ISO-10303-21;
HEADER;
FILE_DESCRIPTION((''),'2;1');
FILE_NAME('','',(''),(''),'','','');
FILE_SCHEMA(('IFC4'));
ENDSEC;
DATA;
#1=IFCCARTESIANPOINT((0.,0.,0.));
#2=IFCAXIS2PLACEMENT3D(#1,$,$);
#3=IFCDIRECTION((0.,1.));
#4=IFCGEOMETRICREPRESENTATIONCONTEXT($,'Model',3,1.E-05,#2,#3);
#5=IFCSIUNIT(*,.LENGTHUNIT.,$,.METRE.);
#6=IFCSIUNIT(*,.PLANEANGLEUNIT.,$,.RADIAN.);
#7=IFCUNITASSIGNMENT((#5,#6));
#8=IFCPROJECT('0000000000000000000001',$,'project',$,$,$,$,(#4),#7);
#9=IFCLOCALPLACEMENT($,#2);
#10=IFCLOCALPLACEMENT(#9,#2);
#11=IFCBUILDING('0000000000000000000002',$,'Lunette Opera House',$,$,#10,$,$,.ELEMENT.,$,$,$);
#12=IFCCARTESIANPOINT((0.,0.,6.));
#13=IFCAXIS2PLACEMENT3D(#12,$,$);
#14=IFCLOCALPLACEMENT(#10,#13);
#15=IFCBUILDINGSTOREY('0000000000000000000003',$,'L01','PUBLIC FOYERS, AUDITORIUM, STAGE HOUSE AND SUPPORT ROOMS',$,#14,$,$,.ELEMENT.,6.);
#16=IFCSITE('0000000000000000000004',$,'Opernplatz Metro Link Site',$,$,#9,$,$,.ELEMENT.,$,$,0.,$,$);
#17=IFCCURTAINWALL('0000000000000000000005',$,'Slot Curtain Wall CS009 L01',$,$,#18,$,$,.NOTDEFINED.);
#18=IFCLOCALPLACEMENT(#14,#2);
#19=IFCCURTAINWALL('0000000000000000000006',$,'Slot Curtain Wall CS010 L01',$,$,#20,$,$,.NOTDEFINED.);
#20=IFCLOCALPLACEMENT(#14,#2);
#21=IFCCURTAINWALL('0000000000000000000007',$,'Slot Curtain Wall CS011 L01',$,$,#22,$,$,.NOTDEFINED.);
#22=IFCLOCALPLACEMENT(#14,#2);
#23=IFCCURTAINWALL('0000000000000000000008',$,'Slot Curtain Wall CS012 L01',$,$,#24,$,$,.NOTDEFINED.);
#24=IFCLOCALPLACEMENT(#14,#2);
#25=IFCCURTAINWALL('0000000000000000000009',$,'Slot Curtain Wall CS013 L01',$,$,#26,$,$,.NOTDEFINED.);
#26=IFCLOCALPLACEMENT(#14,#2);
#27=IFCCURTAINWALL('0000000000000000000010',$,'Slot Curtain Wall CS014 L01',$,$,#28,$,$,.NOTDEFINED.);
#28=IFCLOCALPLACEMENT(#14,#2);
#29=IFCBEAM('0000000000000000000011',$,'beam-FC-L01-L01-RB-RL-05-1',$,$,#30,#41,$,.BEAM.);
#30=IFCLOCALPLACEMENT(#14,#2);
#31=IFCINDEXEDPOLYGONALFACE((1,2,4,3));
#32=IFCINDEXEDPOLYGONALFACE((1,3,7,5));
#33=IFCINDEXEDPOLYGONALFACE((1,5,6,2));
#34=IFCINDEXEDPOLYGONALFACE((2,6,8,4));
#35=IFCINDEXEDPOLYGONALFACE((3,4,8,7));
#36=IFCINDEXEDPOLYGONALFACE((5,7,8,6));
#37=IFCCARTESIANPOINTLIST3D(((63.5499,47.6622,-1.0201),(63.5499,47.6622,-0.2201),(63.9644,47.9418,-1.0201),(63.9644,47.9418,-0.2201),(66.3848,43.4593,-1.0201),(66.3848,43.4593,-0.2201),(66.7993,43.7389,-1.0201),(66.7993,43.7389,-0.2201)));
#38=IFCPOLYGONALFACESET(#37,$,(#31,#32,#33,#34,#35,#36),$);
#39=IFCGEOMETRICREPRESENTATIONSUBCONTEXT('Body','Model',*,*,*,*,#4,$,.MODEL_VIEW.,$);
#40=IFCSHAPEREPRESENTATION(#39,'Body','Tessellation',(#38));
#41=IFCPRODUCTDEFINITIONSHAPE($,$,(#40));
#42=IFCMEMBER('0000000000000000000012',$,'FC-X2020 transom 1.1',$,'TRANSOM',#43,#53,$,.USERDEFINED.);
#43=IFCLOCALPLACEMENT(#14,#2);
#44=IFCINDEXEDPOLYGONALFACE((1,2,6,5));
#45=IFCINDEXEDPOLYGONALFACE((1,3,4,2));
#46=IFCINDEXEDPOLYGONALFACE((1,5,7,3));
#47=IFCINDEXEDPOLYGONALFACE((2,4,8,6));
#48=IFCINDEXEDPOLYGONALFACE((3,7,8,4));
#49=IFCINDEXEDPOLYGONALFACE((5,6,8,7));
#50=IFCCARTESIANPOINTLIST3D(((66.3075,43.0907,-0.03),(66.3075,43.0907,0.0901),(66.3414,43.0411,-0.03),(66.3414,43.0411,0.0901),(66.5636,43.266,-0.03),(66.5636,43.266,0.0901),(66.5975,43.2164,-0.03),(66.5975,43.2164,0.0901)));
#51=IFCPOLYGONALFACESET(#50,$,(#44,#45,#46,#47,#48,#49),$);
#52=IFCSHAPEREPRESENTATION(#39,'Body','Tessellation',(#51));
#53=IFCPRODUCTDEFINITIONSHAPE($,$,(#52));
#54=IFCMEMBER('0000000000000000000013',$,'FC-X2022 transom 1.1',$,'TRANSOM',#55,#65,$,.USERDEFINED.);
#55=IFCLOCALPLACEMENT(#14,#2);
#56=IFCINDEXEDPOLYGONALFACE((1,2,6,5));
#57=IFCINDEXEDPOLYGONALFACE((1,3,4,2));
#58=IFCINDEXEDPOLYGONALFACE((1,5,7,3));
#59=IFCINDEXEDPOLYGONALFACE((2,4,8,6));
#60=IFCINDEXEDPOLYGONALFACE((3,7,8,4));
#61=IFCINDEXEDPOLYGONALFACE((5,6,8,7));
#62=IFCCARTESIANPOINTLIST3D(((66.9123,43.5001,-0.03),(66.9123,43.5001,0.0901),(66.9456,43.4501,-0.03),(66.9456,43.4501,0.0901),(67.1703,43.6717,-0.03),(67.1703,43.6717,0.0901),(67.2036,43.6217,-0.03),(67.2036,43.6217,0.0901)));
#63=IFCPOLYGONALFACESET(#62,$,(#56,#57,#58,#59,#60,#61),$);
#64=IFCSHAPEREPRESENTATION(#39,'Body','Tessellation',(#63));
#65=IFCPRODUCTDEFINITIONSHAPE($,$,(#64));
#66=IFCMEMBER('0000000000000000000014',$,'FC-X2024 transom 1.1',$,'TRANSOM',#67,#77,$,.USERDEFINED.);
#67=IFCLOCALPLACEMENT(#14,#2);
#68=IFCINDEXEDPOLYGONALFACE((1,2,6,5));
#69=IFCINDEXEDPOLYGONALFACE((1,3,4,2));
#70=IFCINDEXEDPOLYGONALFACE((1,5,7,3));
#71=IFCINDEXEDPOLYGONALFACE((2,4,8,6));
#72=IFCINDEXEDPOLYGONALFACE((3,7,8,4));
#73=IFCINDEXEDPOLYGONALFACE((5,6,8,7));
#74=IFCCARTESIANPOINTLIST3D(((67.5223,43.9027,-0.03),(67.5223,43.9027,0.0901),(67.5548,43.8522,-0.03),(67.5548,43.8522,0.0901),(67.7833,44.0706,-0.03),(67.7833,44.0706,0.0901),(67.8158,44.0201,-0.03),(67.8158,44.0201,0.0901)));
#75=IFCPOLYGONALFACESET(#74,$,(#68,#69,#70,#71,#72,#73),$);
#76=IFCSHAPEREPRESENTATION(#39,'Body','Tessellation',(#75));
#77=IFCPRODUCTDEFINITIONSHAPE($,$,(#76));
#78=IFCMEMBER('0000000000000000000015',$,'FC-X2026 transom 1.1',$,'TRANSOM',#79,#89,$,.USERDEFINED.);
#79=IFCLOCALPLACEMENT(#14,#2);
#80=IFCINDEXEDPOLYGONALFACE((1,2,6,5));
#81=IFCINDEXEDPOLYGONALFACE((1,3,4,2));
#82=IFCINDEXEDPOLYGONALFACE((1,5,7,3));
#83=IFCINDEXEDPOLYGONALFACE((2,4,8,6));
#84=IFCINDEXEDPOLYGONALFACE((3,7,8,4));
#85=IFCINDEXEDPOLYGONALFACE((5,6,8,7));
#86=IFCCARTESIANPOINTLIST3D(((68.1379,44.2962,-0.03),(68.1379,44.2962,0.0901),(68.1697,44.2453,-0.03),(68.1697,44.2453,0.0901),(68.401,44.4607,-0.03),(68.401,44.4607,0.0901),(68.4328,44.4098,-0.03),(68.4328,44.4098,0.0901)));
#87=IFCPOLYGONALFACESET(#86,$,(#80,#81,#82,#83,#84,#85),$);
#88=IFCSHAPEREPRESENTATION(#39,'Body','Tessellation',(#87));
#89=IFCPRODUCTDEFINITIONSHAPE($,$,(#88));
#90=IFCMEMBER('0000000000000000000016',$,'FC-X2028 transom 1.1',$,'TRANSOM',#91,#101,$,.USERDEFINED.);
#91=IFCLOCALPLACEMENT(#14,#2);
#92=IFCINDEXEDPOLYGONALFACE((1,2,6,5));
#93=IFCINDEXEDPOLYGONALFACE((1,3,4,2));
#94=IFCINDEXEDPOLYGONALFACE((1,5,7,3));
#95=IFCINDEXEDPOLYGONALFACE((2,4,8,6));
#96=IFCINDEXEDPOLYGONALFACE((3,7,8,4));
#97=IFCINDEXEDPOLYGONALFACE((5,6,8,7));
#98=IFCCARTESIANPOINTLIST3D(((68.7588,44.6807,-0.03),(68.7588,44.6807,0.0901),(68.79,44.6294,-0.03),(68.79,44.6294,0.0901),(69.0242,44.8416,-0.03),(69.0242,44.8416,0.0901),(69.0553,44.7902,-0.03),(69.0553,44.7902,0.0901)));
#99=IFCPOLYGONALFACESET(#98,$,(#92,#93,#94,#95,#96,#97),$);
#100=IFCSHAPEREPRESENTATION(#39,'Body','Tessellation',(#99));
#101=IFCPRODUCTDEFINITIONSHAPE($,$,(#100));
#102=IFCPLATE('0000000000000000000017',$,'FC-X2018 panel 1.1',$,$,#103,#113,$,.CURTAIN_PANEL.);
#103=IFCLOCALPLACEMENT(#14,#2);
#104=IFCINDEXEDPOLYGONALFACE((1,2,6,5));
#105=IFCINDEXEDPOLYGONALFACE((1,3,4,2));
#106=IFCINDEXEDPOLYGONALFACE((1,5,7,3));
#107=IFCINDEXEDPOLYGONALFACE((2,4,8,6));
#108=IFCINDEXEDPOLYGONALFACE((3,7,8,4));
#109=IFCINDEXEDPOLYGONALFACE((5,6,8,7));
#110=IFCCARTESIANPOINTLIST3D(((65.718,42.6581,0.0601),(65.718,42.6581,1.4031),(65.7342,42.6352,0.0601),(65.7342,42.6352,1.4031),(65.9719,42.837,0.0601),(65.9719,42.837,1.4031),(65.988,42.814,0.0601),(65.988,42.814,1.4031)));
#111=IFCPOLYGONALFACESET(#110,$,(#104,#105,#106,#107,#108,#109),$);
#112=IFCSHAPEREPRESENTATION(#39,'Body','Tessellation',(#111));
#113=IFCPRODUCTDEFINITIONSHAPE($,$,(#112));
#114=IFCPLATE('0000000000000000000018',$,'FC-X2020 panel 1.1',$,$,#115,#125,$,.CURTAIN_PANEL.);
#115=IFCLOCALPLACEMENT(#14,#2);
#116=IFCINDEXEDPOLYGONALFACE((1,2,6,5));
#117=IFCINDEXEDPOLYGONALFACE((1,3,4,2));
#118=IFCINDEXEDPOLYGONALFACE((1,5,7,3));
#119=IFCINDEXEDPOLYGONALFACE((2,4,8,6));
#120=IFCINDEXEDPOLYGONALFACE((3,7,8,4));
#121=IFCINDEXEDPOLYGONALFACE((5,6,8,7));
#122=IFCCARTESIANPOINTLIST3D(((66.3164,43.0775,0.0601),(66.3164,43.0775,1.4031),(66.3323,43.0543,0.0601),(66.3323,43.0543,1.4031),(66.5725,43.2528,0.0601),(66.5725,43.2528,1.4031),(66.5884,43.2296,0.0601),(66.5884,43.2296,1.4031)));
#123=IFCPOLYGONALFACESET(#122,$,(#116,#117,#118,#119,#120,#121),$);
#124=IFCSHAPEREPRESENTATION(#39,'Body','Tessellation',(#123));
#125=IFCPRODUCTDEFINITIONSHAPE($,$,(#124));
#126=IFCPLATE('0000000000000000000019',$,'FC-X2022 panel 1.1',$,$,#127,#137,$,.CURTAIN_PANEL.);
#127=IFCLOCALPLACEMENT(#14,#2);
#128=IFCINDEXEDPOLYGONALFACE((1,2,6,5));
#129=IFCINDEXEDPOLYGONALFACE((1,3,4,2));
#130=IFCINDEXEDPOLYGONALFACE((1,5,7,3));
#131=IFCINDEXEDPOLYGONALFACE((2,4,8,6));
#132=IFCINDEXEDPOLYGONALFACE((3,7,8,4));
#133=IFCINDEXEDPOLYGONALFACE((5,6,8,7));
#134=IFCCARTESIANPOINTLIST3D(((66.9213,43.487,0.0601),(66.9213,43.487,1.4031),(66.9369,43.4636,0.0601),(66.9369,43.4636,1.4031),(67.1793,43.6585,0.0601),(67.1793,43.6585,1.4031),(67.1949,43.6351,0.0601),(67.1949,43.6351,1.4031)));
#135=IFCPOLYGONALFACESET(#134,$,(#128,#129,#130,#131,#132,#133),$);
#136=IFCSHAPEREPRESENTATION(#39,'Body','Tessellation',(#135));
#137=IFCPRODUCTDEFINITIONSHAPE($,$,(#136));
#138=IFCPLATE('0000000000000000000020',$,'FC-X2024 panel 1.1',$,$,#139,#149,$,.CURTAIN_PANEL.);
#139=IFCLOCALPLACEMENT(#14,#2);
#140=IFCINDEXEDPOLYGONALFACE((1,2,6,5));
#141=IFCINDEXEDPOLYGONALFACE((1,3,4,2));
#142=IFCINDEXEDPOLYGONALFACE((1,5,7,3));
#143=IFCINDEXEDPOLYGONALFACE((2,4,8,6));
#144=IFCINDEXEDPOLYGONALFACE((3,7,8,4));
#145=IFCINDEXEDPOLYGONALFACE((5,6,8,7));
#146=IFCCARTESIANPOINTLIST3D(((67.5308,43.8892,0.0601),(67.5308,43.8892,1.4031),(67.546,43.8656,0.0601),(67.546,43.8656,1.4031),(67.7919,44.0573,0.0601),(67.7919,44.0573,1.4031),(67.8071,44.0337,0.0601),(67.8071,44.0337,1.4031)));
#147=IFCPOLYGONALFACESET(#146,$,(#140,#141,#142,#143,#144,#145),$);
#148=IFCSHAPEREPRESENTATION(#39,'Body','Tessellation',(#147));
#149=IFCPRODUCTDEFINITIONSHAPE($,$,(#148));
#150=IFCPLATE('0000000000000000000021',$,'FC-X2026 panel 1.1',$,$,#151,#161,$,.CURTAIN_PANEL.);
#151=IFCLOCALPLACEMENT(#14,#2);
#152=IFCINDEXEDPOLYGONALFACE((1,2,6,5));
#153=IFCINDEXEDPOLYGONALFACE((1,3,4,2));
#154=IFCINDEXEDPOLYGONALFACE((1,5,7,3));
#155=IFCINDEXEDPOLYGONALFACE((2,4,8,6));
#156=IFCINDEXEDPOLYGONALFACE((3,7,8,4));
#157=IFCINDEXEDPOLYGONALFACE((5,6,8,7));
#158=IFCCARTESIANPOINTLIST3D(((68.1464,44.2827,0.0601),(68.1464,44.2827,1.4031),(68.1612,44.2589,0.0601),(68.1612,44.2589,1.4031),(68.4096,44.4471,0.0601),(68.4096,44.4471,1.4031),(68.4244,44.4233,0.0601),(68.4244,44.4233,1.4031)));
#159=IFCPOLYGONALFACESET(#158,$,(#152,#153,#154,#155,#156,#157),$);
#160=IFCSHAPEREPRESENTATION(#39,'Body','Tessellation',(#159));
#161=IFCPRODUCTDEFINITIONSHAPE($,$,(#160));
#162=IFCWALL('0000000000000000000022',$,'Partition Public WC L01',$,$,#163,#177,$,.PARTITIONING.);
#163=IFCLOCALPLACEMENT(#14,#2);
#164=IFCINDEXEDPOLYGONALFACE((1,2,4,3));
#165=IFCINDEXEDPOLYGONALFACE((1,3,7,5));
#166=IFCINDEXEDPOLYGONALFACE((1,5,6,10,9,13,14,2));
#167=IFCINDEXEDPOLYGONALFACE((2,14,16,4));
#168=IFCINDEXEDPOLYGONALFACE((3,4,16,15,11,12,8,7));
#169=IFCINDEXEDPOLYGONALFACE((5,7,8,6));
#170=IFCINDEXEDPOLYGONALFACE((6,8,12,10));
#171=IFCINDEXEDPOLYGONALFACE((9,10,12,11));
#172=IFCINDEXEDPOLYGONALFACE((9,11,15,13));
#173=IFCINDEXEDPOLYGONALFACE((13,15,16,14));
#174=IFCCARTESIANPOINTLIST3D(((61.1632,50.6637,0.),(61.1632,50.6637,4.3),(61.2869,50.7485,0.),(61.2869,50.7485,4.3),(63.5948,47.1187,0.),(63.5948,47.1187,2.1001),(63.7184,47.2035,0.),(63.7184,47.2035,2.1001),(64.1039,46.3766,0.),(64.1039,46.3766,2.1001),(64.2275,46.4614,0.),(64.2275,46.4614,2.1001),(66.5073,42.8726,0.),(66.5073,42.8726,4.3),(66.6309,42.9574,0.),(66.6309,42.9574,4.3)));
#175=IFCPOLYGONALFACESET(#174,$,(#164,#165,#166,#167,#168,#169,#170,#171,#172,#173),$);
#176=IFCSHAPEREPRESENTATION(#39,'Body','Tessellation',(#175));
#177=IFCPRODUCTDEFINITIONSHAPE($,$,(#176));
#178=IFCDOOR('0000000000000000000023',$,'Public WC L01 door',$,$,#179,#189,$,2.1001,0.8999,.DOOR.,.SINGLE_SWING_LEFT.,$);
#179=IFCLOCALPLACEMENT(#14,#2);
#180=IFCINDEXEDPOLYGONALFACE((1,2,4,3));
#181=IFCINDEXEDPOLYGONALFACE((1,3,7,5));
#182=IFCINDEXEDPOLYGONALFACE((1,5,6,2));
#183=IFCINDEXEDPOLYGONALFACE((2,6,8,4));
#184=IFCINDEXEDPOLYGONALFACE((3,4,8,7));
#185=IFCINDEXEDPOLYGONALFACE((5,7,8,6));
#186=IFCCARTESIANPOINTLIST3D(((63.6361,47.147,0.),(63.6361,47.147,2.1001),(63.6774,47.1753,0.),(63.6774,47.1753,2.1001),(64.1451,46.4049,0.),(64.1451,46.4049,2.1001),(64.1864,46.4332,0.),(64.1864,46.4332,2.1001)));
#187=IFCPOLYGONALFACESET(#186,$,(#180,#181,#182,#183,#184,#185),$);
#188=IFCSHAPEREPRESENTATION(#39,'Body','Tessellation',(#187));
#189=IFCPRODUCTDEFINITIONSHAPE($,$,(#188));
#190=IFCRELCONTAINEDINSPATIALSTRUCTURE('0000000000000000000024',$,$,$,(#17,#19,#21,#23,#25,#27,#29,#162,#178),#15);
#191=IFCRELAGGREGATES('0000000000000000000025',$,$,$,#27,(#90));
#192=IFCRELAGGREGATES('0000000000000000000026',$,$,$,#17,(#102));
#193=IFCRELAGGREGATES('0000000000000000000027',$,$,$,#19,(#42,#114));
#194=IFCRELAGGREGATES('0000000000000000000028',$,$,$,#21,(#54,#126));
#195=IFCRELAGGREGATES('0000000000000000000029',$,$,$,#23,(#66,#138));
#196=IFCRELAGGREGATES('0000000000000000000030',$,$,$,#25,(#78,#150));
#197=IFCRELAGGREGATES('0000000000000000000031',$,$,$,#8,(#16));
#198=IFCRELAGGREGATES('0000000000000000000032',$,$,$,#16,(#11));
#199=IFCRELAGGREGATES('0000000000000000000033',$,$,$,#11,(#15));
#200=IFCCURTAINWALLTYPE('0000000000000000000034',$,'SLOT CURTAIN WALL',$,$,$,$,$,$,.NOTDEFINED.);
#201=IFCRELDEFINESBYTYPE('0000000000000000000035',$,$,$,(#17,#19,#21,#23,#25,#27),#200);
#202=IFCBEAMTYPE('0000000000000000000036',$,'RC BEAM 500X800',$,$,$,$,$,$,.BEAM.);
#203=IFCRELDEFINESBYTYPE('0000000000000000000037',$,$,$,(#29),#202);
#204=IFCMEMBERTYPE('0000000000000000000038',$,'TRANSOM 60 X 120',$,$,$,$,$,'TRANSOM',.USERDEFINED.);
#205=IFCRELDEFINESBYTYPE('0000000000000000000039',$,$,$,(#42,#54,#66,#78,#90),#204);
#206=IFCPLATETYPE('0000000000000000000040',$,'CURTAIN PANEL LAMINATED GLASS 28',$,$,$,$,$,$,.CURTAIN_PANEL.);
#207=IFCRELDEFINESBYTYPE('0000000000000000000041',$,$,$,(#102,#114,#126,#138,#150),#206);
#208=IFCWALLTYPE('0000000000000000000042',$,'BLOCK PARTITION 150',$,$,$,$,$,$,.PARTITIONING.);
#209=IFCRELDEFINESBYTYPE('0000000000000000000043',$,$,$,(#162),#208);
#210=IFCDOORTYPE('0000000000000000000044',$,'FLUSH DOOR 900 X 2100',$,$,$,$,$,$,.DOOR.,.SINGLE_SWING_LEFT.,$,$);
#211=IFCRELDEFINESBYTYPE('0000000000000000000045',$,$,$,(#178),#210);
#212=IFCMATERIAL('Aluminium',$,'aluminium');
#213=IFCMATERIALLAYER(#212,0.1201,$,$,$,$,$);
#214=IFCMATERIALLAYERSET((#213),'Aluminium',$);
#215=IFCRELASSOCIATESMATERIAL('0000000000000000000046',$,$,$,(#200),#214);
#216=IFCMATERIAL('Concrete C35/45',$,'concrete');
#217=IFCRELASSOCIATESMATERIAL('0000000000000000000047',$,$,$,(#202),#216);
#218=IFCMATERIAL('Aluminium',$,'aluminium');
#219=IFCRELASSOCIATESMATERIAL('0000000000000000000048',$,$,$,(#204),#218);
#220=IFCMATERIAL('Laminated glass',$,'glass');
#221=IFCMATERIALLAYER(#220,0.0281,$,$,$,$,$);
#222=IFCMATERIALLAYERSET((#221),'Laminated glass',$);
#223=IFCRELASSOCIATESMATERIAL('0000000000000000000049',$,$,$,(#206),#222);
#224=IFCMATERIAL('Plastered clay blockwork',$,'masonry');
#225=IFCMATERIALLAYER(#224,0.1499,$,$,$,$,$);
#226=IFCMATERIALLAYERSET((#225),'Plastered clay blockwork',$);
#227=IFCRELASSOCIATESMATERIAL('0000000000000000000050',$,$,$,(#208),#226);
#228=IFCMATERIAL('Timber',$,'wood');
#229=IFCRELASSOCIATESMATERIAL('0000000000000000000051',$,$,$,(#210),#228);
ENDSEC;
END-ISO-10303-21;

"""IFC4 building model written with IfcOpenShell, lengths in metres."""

from ifc_helpers import new_model, si_unit, direction, frame, frame_2d, origin, origin_2d, place, context, subcontext, project, spatial, rectangle, extrude, material, layer, layer_set, material_profile, profile_set, type_object, element, fill, aggregate, save


model = new_model("IFC4")

# Units and contexts
model_context = context("Model", 3, precision=1e-05, world=origin(), true_north=direction((0.0, 1.0)))
body_context = subcontext(model_context, "Body", "Model", "MODEL_VIEW")
ifc_project = project(units=[si_unit("LENGTHUNIT", "METRE"), si_unit("PLANEANGLEUNIT", "RADIAN")], contexts=[model_context])

# Site, building, storey
site_placement = place(None, origin())
site = spatial("IfcSite", under=ifc_project, at=site_placement, Name="Opernplatz Metro Link Site", CompositionType="ELEMENT", RefElevation=0.0)
building_placement = place(site_placement, origin())
building = spatial("IfcBuilding", under=site, at=building_placement, Name="Lunette Opera House", CompositionType="ELEMENT")
storey_placement = place(building_placement, frame((0.0, 0.0, 6.0)))
storey = spatial("IfcBuildingStorey", under=building, at=storey_placement, Name="L01", Description="PUBLIC FOYERS, AUDITORIUM, STAGE HOUSE AND SUPPORT ROOMS", CompositionType="ELEMENT", Elevation=6.0)

# Curtain wall
ifc_material_1 = material(Name="Aluminium", Category="aluminium")
ifc_layer_1 = layer(ifc_material_1, 0.1201)
ifc_layer_set_1 = layer_set([ifc_layer_1], Name="Aluminium")
curtain_wall_type = type_object("IfcCurtainWallType", Name="SLOT CURTAIN WALL", PredefinedType="NOTDEFINED", material=ifc_layer_set_1)
curtain_wall_1_placement = place(storey_placement, origin())
curtain_wall_1 = element("IfcCurtainWall", 1, at=curtain_wall_1_placement, inside=storey, type_object=curtain_wall_type, Name="Slot Curtain Wall CS009 L01", PredefinedType="NOTDEFINED")

# Curtain walls
curtain_wall_2_placement = place(storey_placement, origin())
curtain_wall_2 = element("IfcCurtainWall", 2, at=curtain_wall_2_placement, inside=storey, type_object=curtain_wall_type, Name="Slot Curtain Wall CS010 L01", PredefinedType="NOTDEFINED")
curtain_wall_3_placement = place(storey_placement, origin())
curtain_wall_3 = element("IfcCurtainWall", 3, at=curtain_wall_3_placement, inside=storey, type_object=curtain_wall_type, Name="Slot Curtain Wall CS011 L01", PredefinedType="NOTDEFINED")
curtain_wall_4_placement = place(storey_placement, origin())
curtain_wall_4 = element("IfcCurtainWall", 4, at=curtain_wall_4_placement, inside=storey, type_object=curtain_wall_type, Name="Slot Curtain Wall CS012 L01", PredefinedType="NOTDEFINED")
curtain_wall_5_placement = place(storey_placement, origin())
curtain_wall_5 = element("IfcCurtainWall", 5, at=curtain_wall_5_placement, inside=storey, type_object=curtain_wall_type, Name="Slot Curtain Wall CS013 L01", PredefinedType="NOTDEFINED")

# Curtain wall
curtain_wall_6_placement = place(storey_placement, origin())
curtain_wall_6 = element("IfcCurtainWall", 6, at=curtain_wall_6_placement, inside=storey, type_object=curtain_wall_type, Name="Slot Curtain Wall CS014 L01", PredefinedType="NOTDEFINED")

# Beam
ifc_material_2 = material(Name="Concrete C35/45", Category="concrete")
ifc_material_profile_1 = material_profile(ifc_material_2, rectangle(XDim=0.5, YDim=0.8, at=origin_2d()), Name="RC BEAM 500X800")
ifc_profile_set_1 = profile_set([ifc_material_profile_1], Name="Concrete C35/45")
beam_type = type_object("IfcBeamType", Name="RC BEAM 500X800", PredefinedType="BEAM", material=ifc_profile_set_1)
beam_placement = place(storey_placement, frame((66.592, 43.5991, -0.6201), z_axis=(-0.559204, 0.82903, 0.0), x_axis=(-0.82903, -0.559204, 0.0)))
element("IfcBeam", 7, at=beam_placement, inside=storey, type_object=beam_type, Name="beam-FC-L01-L01-RB-RL-05-1", PredefinedType="BEAM", context=body_context, shape_type="SweptSolid", body=[
    extrude(rectangle(XDim=0.5, YDim=0.8, at=origin_2d()), origin(), (0.0, 0.0, 1.0), 5.0696),
])

# Members
ifc_material_3 = material(Name="Aluminium", Category="aluminium")
ifc_material_profile_2 = material_profile(ifc_material_3, rectangle(XDim=0.0601, YDim=0.1201, at=origin_2d()), Name="TRANSOM 60 X 120")
ifc_profile_set_2 = profile_set([ifc_material_profile_2], Name="Aluminium")
member_type_1 = type_object("IfcMemberType", Name="TRANSOM 60 X 120", ElementType="TRANSOM", PredefinedType="USERDEFINED", material=ifc_profile_set_2)
member_1_placement = place(storey_placement, frame((66.3245, 43.0659, 0.03), z_axis=(0.825211, 0.564825, 0.0), x_axis=(-0.564825, 0.825211, 0.0)))
member_1 = element("IfcMember", 8, at=member_1_placement, type_object=member_type_1, Name="FC-X2020 transom 1.1", ObjectType="TRANSOM", PredefinedType="USERDEFINED", context=body_context, shape_type="SweptSolid", body=[
    extrude(rectangle(XDim=0.0601, YDim=0.1201, at=origin_2d()), origin(), (0.0, 0.0, 1.0), 0.3103),
])
member_2_placement = place(storey_placement, frame((66.929, 43.4751, 0.03), z_axis=(0.832656, 0.553791, 0.0), x_axis=(-0.553791, 0.832656, 0.0)))
member_2 = element("IfcMember", 9, at=member_2_placement, type_object=member_type_1, Name="FC-X2022 transom 1.1", ObjectType="TRANSOM", PredefinedType="USERDEFINED", context=body_context, shape_type="SweptSolid", body=[
    extrude(rectangle(XDim=0.0601, YDim=0.1201, at=origin_2d()), origin(), (0.0, 0.0, 1.0), 0.3098),
])
member_3_placement = place(storey_placement, frame((67.5386, 43.8774, 0.03), z_axis=(0.840897, 0.541195, 0.0), x_axis=(-0.541195, 0.840897, 0.0)))
member_3 = element("IfcMember", 10, at=member_3_placement, type_object=member_type_1, Name="FC-X2024 transom 1.1", ObjectType="TRANSOM", PredefinedType="USERDEFINED", context=body_context, shape_type="SweptSolid", body=[
    extrude(rectangle(XDim=0.0601, YDim=0.1201, at=origin_2d()), origin(), (0.0, 0.0, 1.0), 0.3103),
])
member_4_placement = place(storey_placement, frame((68.1538, 44.2708, 0.03), z_axis=(0.84791, 0.53014, 0.0), x_axis=(-0.53014, 0.84791, 0.0)))
member_4 = element("IfcMember", 11, at=member_4_placement, type_object=member_type_1, Name="FC-X2026 transom 1.1", ObjectType="TRANSOM", PredefinedType="USERDEFINED", context=body_context, shape_type="SweptSolid", body=[
    extrude(rectangle(XDim=0.0601, YDim=0.1201, at=origin_2d()), origin(), (0.0, 0.0, 1.0), 0.3103),
])
member_5_placement = place(storey_placement, frame((68.7744, 44.655, 0.03), z_axis=(0.855124, 0.518424, 0.0), x_axis=(-0.518424, 0.855124, 0.0)))
member_5 = element("IfcMember", 12, at=member_5_placement, type_object=member_type_1, Name="FC-X2028 transom 1.1", ObjectType="TRANSOM", PredefinedType="USERDEFINED", context=body_context, shape_type="SweptSolid", body=[
    extrude(rectangle(XDim=0.0601, YDim=0.1201, at=origin_2d()), origin(), (0.0, 0.0, 1.0), 0.3103),
])
aggregate(curtain_wall_6, [member_5])

# Plates
ifc_material_4 = material(Name="Laminated glass", Category="glass")
ifc_layer_2 = layer(ifc_material_4, 0.0281)
ifc_layer_set_2 = layer_set([ifc_layer_2], Name="Laminated glass")
plate_type = type_object("IfcPlateType", Name="CURTAIN PANEL LAMINATED GLASS 28", PredefinedType="CURTAIN_PANEL", material=ifc_layer_set_2)
plate_1_placement = place(storey_placement, frame((65.853, 42.7361, 0.0601), z_axis=(0.0, 0.0, 1.0), x_axis=(0.817482, 0.575954, 0.0)))
plate_1 = element("IfcPlate", 13, at=plate_1_placement, type_object=plate_type, Name="FC-X2018 panel 1.1", PredefinedType="CURTAIN_PANEL", context=body_context, shape_type="SweptSolid", body=[
    extrude(rectangle(XDim=0.3105, YDim=0.0281, at=origin_2d()), origin(), (0.0, 0.0, 1.0), 1.343),
])
aggregate(curtain_wall_1, [plate_1])
plate_2_placement = place(storey_placement, frame((66.4524, 43.1536, 0.0601), z_axis=(0.0, 0.0, 1.0), x_axis=(0.825193, 0.564851, 0.0)))
plate_2 = element("IfcPlate", 14, at=plate_2_placement, type_object=plate_type, Name="FC-X2020 panel 1.1", PredefinedType="CURTAIN_PANEL", context=body_context, shape_type="SweptSolid", body=[
    extrude(rectangle(XDim=0.3103, YDim=0.0281, at=origin_2d()), origin(), (0.0, 0.0, 1.0), 1.343),
])
aggregate(curtain_wall_2, [member_1, plate_2])
plate_3_placement = place(storey_placement, frame((67.0581, 43.561, 0.0601), z_axis=(0.0, 0.0, 1.0), x_axis=(0.832765, 0.553626, 0.0)))
plate_3 = element("IfcPlate", 15, at=plate_3_placement, type_object=plate_type, Name="FC-X2022 panel 1.1", PredefinedType="CURTAIN_PANEL", context=body_context, shape_type="SweptSolid", body=[
    extrude(rectangle(XDim=0.3098, YDim=0.0281, at=origin_2d()), origin(), (0.0, 0.0, 1.0), 1.343),
])
aggregate(curtain_wall_3, [member_2, plate_3])
plate_4_placement = place(storey_placement, frame((67.6689, 43.9614, 0.0601), z_axis=(0.0, 0.0, 1.0), x_axis=(0.840876, 0.541227, 0.0)))
plate_4 = element("IfcPlate", 16, at=plate_4_placement, type_object=plate_type, Name="FC-X2024 panel 1.1", PredefinedType="CURTAIN_PANEL", context=body_context, shape_type="SweptSolid", body=[
    extrude(rectangle(XDim=0.3105, YDim=0.0281, at=origin_2d()), origin(), (0.0, 0.0, 1.0), 1.343),
])
aggregate(curtain_wall_4, [member_3, plate_4])
plate_5_placement = place(storey_placement, frame((68.2854, 44.353, 0.0601), z_axis=(0.0, 0.0, 1.0), x_axis=(0.848129, 0.52979, 0.0)))
plate_5 = element("IfcPlate", 17, at=plate_5_placement, type_object=plate_type, Name="FC-X2026 panel 1.1", PredefinedType="CURTAIN_PANEL", context=body_context, shape_type="SweptSolid", body=[
    extrude(rectangle(XDim=0.3103, YDim=0.0281, at=origin_2d()), origin(), (0.0, 0.0, 1.0), 1.343),
])
aggregate(curtain_wall_5, [member_4, plate_5])

# Wall, opening, door
ifc_material_5 = material(Name="Plastered clay blockwork", Category="masonry")
ifc_layer_3 = layer(ifc_material_5, 0.1499)
ifc_layer_set_3 = layer_set([ifc_layer_3], Name="Plastered clay blockwork")
wall_type = type_object("IfcWallType", Name="BLOCK PARTITION 150", PredefinedType="PARTITIONING", material=ifc_layer_set_3)
wall_placement = place(storey_placement, frame((66.5691, 42.915, 0.0), z_axis=(0.0, 0.0, 1.0), x_axis=(-0.565642, 0.824651, 0.0)))
wall = element("IfcWall", 18, at=wall_placement, inside=storey, type_object=wall_type, Name="Partition Public WC L01", PredefinedType="PARTITIONING", context=body_context, shape_type="SweptSolid", body=[
    extrude(rectangle(XDim=9.4478, YDim=0.1499, at=frame_2d((4.7239, 0.0))), origin(), (0.0, 0.0, 1.0), 4.3),
])
opening_placement = place(wall_placement, frame((4.249, 0.0, 0.0)))
opening = element("IfcOpeningElement", 19, at=opening_placement, cuts=wall, PredefinedType="OPENING", context=body_context, shape_type="SweptSolid", body=[
    extrude(rectangle(XDim=0.8999, YDim=2.1001, at=frame_2d((0.45, 1.05))), frame((0.0, 0.0869, 0.0), z_axis=(0.0, -1.0, 0.0), x_axis=(1.0, 0.0, 0.0)), (0.0, 0.0, 1.0), 0.1738),
])
ifc_material_6 = material(Name="Timber", Category="wood")
door_type = type_object("IfcDoorType", Name="FLUSH DOOR 900 X 2100", OperationType="SINGLE_SWING_LEFT", PredefinedType="DOOR", material=ifc_material_6)
door_placement = place(opening_placement, origin())
door = element("IfcDoor", 20, at=door_placement, inside=storey, type_object=door_type, Name="Public WC L01 door", OperationType="SINGLE_SWING_LEFT", OverallHeight=2.1001, OverallWidth=0.8999, PredefinedType="DOOR", context=body_context, shape_type="SweptSolid", body=[
    extrude(rectangle(XDim=0.8999, YDim=2.1001, at=frame_2d((0.45, 1.05))), frame((0.0, 0.0249, 0.0), z_axis=(0.0, -1.0, 0.0), x_axis=(1.0, 0.0, 0.0)), (0.0, 0.0, 1.0), 0.05),
])
fill(opening, door)

save(model, "model.ifc")
